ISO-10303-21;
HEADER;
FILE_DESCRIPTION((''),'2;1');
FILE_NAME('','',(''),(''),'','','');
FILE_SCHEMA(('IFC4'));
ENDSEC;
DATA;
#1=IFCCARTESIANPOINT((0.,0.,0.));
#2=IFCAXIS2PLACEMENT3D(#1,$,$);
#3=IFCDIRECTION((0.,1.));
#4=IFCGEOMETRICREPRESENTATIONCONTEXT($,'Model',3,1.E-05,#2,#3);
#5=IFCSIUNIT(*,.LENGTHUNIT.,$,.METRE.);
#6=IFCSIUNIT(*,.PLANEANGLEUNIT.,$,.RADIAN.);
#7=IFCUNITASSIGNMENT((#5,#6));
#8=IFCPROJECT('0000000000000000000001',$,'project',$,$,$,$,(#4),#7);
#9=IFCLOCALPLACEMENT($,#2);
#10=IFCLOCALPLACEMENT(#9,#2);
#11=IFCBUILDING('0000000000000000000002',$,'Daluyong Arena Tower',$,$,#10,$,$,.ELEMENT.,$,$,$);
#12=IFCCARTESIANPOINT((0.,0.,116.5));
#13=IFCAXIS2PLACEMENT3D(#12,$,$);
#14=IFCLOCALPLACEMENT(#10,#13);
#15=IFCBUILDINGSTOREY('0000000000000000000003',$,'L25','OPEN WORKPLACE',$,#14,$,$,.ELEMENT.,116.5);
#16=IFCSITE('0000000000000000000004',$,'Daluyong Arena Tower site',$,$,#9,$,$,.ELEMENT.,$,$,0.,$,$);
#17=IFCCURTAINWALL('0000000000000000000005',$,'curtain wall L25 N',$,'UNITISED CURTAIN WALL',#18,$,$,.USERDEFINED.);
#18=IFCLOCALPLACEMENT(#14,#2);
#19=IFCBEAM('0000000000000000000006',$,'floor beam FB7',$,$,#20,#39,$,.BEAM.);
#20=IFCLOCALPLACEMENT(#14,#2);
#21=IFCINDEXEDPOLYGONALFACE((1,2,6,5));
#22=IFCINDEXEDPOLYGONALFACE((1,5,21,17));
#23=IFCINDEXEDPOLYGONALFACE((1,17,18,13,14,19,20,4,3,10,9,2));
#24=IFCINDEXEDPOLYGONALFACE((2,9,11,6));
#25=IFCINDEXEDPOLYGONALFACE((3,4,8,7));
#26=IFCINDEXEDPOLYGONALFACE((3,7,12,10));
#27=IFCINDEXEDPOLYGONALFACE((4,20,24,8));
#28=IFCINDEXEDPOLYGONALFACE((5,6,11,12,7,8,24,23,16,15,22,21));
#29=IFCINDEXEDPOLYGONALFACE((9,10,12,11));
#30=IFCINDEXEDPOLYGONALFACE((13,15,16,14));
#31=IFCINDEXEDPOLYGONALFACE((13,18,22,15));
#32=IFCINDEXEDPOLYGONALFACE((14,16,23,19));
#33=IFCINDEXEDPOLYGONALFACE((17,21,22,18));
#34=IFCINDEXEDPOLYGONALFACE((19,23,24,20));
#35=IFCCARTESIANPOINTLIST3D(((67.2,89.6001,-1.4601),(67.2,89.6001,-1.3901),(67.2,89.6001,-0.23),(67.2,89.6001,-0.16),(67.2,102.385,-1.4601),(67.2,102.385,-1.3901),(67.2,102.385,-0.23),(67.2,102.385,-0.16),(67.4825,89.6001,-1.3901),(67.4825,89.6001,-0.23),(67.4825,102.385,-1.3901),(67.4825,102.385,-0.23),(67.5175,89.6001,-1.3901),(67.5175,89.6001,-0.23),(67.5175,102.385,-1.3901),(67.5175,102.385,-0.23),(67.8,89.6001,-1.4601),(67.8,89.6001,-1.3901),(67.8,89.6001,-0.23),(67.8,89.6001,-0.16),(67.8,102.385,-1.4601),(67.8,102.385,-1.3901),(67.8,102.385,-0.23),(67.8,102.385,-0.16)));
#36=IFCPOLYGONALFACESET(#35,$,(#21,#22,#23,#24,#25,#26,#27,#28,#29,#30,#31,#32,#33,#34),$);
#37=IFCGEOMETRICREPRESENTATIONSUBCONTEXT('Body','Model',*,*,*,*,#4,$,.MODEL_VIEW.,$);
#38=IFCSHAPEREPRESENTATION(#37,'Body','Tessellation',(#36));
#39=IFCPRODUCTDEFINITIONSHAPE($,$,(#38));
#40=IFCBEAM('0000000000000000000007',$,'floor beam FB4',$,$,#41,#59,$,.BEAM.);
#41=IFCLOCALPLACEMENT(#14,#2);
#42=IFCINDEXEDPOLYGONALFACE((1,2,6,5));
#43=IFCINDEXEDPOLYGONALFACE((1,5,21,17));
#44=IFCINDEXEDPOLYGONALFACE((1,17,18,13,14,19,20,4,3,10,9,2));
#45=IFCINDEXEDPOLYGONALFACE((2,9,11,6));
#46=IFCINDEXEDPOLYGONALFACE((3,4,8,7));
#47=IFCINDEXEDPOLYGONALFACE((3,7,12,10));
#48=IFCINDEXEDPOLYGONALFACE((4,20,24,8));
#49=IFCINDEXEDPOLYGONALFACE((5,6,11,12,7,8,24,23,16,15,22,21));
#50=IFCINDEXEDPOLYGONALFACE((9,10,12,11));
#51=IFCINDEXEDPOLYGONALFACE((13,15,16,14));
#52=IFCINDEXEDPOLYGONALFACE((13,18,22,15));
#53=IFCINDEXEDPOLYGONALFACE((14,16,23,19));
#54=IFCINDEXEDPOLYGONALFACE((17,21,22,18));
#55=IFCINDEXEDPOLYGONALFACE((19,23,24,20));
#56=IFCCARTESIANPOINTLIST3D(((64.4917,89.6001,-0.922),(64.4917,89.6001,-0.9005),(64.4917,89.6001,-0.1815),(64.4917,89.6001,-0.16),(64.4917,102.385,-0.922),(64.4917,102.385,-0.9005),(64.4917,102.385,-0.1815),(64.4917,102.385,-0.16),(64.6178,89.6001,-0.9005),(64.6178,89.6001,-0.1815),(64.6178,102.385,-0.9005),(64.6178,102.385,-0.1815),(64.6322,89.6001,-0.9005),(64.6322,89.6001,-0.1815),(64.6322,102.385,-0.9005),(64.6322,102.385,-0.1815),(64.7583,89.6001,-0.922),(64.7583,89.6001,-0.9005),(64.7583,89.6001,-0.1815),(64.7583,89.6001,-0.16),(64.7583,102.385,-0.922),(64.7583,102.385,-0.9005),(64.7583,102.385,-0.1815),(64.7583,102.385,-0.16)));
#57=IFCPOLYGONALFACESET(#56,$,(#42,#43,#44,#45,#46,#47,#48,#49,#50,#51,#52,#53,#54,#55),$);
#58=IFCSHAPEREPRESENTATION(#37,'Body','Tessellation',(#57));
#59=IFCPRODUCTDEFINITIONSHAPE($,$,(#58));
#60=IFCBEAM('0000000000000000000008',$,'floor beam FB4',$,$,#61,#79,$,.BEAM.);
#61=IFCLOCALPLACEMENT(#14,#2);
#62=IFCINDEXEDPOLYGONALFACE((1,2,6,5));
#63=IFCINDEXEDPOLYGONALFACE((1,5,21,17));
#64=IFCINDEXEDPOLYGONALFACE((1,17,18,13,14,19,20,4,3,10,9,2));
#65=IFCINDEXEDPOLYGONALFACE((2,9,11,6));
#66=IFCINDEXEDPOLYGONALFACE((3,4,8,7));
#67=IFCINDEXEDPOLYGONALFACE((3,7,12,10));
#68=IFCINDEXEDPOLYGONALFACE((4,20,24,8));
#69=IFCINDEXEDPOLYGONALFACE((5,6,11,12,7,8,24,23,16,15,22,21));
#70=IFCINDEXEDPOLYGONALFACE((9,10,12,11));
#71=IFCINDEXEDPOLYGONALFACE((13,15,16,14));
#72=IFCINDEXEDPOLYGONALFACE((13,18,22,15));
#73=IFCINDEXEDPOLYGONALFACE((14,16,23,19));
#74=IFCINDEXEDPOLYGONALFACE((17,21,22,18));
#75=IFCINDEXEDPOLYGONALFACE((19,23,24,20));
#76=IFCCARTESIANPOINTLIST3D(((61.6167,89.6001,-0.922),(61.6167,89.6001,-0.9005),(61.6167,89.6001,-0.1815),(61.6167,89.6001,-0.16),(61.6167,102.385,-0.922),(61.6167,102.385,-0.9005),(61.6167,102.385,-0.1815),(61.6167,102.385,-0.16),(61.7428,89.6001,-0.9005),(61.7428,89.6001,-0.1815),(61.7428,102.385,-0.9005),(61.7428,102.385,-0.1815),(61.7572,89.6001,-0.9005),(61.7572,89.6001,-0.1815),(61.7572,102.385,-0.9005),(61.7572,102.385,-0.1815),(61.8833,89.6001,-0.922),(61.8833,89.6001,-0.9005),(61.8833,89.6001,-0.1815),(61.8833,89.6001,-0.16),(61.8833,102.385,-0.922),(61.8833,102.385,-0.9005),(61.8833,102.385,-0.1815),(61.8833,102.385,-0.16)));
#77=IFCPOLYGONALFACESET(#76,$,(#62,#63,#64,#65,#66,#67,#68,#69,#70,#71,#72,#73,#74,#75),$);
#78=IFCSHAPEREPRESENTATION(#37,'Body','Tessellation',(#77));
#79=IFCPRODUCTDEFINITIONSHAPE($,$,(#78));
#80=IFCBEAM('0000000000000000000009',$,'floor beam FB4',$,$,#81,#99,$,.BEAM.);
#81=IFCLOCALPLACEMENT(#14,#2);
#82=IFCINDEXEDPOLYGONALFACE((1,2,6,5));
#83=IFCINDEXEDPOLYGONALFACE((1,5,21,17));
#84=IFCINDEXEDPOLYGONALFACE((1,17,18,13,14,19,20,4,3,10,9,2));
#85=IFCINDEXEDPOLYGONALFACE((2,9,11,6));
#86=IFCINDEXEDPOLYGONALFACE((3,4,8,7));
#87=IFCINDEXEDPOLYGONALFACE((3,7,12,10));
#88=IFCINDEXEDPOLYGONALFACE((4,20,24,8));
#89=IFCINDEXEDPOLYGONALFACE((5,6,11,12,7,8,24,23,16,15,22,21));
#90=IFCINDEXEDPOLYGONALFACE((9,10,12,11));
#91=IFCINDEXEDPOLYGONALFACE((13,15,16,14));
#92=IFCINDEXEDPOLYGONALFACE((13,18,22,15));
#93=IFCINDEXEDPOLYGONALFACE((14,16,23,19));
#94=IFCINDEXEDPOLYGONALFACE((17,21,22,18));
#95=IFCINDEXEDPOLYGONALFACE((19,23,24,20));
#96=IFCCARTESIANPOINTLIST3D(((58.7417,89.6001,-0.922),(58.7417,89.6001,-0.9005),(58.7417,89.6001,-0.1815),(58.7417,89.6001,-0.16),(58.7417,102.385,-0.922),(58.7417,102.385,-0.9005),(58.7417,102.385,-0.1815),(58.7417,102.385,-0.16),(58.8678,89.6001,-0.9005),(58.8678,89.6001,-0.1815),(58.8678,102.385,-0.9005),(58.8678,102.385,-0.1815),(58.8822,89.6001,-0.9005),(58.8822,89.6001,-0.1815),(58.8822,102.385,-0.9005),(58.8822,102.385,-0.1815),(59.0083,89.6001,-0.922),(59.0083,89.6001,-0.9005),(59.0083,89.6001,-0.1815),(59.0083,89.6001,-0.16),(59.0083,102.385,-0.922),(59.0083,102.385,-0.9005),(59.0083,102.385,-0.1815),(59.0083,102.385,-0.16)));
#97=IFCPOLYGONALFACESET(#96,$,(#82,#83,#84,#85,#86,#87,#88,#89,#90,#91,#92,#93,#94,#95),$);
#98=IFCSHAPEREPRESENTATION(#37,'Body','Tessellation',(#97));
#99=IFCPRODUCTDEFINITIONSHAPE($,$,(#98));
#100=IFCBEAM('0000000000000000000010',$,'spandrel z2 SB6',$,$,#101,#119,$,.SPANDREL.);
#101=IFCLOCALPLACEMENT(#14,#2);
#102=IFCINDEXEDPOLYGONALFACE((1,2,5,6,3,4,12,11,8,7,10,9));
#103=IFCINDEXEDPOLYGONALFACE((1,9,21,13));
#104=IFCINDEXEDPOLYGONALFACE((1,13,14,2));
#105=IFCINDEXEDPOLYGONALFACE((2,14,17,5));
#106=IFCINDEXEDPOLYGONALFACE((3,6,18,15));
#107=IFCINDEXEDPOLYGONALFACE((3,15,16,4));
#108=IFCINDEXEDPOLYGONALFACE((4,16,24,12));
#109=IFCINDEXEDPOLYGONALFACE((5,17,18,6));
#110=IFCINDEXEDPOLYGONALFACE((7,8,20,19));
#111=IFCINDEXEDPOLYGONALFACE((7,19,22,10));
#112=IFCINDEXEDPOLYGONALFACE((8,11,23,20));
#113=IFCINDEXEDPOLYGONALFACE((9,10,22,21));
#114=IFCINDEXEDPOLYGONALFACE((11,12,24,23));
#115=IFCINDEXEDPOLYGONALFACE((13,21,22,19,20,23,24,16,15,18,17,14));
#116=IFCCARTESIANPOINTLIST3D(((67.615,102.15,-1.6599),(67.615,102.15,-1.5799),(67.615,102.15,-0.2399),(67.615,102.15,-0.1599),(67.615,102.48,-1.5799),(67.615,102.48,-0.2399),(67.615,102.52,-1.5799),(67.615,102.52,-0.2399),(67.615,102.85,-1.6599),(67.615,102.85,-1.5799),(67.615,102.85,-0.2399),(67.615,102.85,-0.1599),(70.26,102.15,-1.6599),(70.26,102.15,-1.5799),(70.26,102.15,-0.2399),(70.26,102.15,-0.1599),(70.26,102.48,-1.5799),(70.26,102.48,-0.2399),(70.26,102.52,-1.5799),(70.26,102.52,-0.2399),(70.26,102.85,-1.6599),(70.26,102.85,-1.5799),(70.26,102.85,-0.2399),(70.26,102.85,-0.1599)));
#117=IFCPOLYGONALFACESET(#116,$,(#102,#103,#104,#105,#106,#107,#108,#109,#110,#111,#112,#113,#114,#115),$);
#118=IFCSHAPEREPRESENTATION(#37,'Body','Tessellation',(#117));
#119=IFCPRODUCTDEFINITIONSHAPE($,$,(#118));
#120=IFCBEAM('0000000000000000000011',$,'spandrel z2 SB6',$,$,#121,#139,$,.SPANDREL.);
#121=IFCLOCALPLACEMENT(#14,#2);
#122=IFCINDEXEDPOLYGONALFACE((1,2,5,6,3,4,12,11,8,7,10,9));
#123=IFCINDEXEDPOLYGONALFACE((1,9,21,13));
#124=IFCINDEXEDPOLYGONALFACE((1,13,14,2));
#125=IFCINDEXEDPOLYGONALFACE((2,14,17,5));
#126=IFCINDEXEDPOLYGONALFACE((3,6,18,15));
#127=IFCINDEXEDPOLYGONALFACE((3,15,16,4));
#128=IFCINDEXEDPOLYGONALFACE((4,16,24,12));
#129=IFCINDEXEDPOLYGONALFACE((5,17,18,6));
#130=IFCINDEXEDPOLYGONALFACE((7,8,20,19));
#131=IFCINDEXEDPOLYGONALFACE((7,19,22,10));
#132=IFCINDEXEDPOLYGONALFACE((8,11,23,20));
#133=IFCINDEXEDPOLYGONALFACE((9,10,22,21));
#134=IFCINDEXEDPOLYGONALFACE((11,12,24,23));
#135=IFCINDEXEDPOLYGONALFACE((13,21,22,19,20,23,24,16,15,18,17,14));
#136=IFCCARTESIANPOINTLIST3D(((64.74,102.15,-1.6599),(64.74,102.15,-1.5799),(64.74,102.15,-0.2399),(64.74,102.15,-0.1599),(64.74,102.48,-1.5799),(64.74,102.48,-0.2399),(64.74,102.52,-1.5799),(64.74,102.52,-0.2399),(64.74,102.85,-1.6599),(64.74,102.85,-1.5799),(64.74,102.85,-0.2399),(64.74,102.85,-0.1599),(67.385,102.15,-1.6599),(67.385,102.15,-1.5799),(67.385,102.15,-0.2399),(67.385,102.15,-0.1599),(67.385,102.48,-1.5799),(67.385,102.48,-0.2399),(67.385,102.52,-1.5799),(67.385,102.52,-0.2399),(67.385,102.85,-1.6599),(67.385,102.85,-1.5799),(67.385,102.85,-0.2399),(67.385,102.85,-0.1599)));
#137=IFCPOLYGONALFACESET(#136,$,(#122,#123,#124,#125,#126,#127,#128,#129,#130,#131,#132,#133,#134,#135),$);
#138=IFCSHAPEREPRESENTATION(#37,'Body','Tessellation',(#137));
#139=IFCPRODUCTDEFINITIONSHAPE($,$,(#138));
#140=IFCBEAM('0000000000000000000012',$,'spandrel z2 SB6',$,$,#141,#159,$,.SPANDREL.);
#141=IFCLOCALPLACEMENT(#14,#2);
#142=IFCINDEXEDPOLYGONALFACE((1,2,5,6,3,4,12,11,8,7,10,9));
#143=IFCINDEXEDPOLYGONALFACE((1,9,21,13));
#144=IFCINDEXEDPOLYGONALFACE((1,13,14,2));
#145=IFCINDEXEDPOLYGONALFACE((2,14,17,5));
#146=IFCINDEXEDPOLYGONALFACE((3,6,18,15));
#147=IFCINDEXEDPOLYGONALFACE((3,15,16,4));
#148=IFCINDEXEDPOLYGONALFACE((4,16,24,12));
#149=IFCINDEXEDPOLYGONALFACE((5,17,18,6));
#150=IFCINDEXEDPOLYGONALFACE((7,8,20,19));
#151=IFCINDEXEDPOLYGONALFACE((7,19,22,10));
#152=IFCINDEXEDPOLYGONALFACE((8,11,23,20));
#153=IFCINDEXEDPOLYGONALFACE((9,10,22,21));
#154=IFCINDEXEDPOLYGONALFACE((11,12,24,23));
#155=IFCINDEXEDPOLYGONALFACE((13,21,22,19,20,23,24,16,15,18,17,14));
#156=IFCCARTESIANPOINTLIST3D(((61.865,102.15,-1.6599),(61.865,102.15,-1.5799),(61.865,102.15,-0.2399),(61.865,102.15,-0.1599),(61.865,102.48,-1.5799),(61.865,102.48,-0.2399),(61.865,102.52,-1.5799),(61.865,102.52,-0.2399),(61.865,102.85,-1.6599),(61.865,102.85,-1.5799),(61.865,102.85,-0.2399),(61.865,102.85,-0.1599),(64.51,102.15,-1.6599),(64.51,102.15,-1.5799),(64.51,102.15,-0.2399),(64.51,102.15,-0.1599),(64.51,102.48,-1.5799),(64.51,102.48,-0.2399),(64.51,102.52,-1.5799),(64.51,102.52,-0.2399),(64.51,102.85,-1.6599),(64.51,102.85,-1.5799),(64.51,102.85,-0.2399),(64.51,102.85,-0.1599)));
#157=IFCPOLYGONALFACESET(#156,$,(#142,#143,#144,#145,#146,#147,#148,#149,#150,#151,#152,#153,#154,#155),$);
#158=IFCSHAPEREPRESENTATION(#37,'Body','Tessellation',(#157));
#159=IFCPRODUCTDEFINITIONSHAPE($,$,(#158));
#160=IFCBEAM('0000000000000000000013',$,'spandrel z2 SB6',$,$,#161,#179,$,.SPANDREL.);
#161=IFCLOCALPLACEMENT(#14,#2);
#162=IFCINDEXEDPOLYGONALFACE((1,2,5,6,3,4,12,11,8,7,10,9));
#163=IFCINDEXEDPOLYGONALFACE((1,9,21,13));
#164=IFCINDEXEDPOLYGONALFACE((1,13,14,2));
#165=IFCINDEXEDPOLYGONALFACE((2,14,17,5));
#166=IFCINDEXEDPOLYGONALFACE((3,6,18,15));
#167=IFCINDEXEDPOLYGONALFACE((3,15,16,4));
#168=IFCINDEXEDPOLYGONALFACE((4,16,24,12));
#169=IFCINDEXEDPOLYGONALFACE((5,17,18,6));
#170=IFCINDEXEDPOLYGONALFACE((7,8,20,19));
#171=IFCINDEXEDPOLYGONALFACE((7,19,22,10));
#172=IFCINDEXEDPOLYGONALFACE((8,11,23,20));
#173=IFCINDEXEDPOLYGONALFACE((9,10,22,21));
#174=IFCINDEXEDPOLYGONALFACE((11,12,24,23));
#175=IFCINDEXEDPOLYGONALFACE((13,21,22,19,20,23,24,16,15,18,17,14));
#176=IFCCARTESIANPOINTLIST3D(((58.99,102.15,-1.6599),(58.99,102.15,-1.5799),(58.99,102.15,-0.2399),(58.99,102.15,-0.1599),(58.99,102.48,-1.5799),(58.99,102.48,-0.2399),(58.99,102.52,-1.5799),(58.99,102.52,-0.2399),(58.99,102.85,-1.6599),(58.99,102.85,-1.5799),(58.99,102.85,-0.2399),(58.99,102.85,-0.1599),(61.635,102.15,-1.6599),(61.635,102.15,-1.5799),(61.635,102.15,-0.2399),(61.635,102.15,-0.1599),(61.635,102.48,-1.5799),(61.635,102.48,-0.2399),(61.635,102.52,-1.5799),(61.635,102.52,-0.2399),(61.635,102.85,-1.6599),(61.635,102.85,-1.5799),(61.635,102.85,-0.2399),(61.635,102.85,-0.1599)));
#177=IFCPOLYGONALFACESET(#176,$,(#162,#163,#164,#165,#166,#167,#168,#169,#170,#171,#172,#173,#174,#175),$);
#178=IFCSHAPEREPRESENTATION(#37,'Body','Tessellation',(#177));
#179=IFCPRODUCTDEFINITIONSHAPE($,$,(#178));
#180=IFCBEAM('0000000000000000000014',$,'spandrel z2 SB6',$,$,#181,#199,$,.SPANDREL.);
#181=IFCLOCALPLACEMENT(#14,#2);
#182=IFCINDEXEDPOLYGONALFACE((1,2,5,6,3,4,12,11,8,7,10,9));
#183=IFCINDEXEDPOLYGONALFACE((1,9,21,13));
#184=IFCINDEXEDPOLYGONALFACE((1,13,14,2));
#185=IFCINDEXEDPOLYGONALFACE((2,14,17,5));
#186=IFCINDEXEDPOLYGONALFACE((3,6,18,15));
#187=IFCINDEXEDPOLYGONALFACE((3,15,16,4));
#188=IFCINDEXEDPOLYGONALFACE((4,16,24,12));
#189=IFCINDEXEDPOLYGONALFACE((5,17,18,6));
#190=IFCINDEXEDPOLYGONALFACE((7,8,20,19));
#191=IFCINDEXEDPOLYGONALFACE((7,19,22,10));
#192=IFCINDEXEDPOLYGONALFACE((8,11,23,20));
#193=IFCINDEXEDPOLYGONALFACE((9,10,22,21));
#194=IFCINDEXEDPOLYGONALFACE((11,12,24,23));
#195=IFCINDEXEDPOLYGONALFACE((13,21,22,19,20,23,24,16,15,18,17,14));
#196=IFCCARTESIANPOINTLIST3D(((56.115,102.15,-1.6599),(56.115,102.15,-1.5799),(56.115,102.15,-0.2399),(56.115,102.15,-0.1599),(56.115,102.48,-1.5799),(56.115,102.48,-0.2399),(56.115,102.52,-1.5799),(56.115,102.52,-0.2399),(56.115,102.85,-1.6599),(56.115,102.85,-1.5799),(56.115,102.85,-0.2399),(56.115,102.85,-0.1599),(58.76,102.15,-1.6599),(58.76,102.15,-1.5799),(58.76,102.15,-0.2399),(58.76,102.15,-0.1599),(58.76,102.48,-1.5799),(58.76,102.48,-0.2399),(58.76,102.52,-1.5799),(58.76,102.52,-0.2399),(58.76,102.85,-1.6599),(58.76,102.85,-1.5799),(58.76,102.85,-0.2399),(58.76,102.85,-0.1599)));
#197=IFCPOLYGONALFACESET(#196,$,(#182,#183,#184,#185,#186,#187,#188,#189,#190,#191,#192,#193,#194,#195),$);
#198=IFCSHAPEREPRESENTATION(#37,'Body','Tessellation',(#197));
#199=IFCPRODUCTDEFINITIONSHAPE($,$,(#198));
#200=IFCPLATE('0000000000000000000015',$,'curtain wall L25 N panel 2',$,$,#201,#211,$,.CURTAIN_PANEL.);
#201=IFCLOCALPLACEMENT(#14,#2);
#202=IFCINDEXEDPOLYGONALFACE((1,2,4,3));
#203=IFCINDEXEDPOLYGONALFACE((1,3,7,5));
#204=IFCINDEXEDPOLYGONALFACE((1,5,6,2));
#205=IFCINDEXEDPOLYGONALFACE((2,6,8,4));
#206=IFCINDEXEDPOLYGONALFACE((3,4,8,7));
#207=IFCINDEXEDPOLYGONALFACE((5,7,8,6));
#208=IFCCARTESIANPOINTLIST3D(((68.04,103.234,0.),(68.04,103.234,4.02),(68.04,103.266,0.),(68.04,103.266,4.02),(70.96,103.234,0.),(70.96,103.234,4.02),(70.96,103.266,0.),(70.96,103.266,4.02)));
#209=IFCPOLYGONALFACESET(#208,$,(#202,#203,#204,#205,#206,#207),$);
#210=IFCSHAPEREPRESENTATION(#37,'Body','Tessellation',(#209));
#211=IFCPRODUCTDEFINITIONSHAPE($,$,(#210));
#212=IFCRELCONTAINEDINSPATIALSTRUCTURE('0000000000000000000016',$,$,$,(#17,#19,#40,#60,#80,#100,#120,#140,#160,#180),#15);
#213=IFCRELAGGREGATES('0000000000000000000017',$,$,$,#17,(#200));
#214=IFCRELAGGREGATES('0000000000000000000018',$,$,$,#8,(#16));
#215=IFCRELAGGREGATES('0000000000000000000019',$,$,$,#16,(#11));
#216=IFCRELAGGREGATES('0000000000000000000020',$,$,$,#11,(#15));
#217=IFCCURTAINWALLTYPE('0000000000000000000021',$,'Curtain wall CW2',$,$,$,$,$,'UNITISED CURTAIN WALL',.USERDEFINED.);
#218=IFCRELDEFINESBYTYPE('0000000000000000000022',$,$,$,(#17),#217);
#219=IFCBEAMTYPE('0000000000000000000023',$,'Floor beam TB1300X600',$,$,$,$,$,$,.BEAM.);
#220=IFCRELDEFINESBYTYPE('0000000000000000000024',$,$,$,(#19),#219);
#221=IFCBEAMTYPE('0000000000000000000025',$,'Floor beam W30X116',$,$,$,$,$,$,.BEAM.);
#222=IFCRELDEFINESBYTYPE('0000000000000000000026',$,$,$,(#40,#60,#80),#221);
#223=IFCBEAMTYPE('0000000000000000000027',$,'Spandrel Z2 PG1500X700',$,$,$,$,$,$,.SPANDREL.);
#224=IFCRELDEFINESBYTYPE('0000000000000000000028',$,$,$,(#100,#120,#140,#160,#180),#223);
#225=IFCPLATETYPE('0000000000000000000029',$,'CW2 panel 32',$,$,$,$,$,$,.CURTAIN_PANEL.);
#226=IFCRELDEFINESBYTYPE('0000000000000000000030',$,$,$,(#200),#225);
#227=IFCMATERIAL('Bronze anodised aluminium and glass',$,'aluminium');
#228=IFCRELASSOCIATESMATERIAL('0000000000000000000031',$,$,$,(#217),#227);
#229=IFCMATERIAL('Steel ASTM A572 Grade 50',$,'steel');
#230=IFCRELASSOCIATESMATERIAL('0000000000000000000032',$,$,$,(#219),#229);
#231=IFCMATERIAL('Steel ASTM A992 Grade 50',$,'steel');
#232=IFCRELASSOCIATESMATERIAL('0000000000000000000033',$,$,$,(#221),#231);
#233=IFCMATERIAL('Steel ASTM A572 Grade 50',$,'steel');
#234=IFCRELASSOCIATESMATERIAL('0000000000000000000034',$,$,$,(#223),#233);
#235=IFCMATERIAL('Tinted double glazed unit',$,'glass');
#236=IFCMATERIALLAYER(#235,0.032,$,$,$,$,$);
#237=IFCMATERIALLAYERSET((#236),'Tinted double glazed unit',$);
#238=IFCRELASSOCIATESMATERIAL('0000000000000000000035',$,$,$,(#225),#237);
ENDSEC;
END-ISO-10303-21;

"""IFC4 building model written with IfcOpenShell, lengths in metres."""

from ifc_helpers import new_model, si_unit, direction, frame, origin, origin_2d, place, context, subcontext, project, spatial, rectangle, i_section, extrude, material, layer, layer_set, material_profile, profile_set, type_object, element, aggregate, save


model = new_model("IFC4")

# Units and contexts
model_context = context("Model", 3, precision=1e-05, world=origin(), true_north=direction((0.0, 1.0)))
body_context = subcontext(model_context, "Body", "Model", "MODEL_VIEW")
ifc_project = project(units=[si_unit("LENGTHUNIT", "METRE"), si_unit("PLANEANGLEUNIT", "RADIAN")], contexts=[model_context])

# Site, building, storey
site_placement = place(None, origin())
site = spatial("IfcSite", under=ifc_project, at=site_placement, Name="Daluyong Arena Tower site", CompositionType="ELEMENT", RefElevation=0.0)
building_placement = place(site_placement, origin())
building = spatial("IfcBuilding", under=site, at=building_placement, Name="Daluyong Arena Tower", CompositionType="ELEMENT")
storey_placement = place(building_placement, frame((0.0, 0.0, 116.5)))
storey = spatial("IfcBuildingStorey", under=building, at=storey_placement, Name="L25", Description="OPEN WORKPLACE", CompositionType="ELEMENT", Elevation=116.5)

# Curtain wall
ifc_material_1 = material(Name="Bronze anodised aluminium and glass", Category="aluminium")
curtain_wall_type = type_object("IfcCurtainWallType", Name="Curtain wall CW2", ElementType="UNITISED CURTAIN WALL", PredefinedType="USERDEFINED", material=ifc_material_1)
curtain_wall_placement = place(storey_placement, origin())
curtain_wall = element("IfcCurtainWall", 1, at=curtain_wall_placement, inside=storey, type_object=curtain_wall_type, Name="curtain wall L25 N", ObjectType="UNITISED CURTAIN WALL", PredefinedType="USERDEFINED")

# Beams
ifc_material_2 = material(Name="Steel ASTM A572 Grade 50", Category="steel")
ifc_material_profile_1 = material_profile(ifc_material_2, i_section(OverallWidth=0.6001, OverallDepth=1.3, WebThickness=0.035, FlangeThickness=0.07, at=origin_2d()))
ifc_profile_set_1 = profile_set([ifc_material_profile_1], Name="Steel ASTM A572 Grade 50")
beam_type_1 = type_object("IfcBeamType", Name="Floor beam TB1300X600", PredefinedType="BEAM", material=ifc_profile_set_1)
beam_placement = place(storey_placement, frame((67.5, 102.385, -0.8101), z_axis=(0.0, -1.0, 0.0), x_axis=(1.0, 0.0, 0.0)))
element("IfcBeam", 2, at=beam_placement, inside=storey, type_object=beam_type_1, Name="floor beam FB7", PredefinedType="BEAM", context=body_context, shape_type="SweptSolid", body=[
    extrude(i_section(OverallWidth=0.6001, OverallDepth=1.3, WebThickness=0.035, FlangeThickness=0.07, at=origin_2d()), origin(), (0.0, 0.0, 1.0), 12.7849),
])
ifc_material_3 = material(Name="Steel ASTM A992 Grade 50", Category="steel")
ifc_material_profile_2 = material_profile(ifc_material_3, i_section(OverallWidth=0.2666, OverallDepth=0.762, WebThickness=0.0144, FlangeThickness=0.0215, at=origin_2d()))
ifc_profile_set_2 = profile_set([ifc_material_profile_2], Name="Steel ASTM A992 Grade 50")
beam_type_2 = type_object("IfcBeamType", Name="Floor beam W30X116", PredefinedType="BEAM", material=ifc_profile_set_2)
for number, where, z_axis, x_axis, name in (
    (3, (64.625, 102.385, -0.541), (0.0, -1.0, 0.0), (1.0, 0.0, 0.0), "floor beam FB4"),
    (4, (61.75, 102.385, -0.541), (0.0, -1.0, 0.0), (1.0, 0.0, 0.0), "floor beam FB4"),
    (5, (58.875, 102.385, -0.541), (0.0, -1.0, 0.0), (1.0, 0.0, 0.0), "floor beam FB4"),
):
    element("IfcBeam", number, at=place(storey_placement, frame(where, z_axis=z_axis, x_axis=x_axis)), inside=storey, type_object=beam_type_2, Name=name, PredefinedType="BEAM", context=body_context, shape_type="SweptSolid", body=[
        extrude(i_section(OverallWidth=0.2666, OverallDepth=0.762, WebThickness=0.0144, FlangeThickness=0.0215, at=origin_2d()), origin(), (0.0, 0.0, 1.0), 12.7849),
    ])
ifc_material_4 = material(Name="Steel ASTM A572 Grade 50", Category="steel")
ifc_material_profile_3 = material_profile(ifc_material_4, i_section(OverallWidth=0.7, OverallDepth=1.5, WebThickness=0.04, FlangeThickness=0.08, at=origin_2d()))
ifc_profile_set_3 = profile_set([ifc_material_profile_3], Name="Steel ASTM A572 Grade 50")
beam_type_3 = type_object("IfcBeamType", Name="Spandrel Z2 PG1500X700", PredefinedType="SPANDREL", material=ifc_profile_set_3)
for number, where, z_axis, x_axis, name in (
    (6, (70.26, 102.5, -0.9099), (-1.0, 0.0, 0.0), (0.0, -1.0, 0.0), "spandrel z2 SB6"),
    (7, (67.385, 102.5, -0.9099), (-1.0, 0.0, 0.0), (0.0, -1.0, 0.0), "spandrel z2 SB6"),
    (8, (64.51, 102.5, -0.9099), (-1.0, 0.0, 0.0), (0.0, -1.0, 0.0), "spandrel z2 SB6"),
    (9, (61.635, 102.5, -0.9099), (-1.0, 0.0, 0.0), (0.0, -1.0, 0.0), "spandrel z2 SB6"),
    (10, (58.76, 102.5, -0.9099), (-1.0, 0.0, 0.0), (0.0, -1.0, 0.0), "spandrel z2 SB6"),
):
    element("IfcBeam", number, at=place(storey_placement, frame(where, z_axis=z_axis, x_axis=x_axis)), inside=storey, type_object=beam_type_3, Name=name, PredefinedType="SPANDREL", context=body_context, shape_type="SweptSolid", body=[
        extrude(i_section(OverallWidth=0.7, OverallDepth=1.5, WebThickness=0.04, FlangeThickness=0.08, at=origin_2d()), origin(), (0.0, 0.0, 1.0), 2.645),
    ])

# Plate
ifc_material_5 = material(Name="Tinted double glazed unit", Category="glass")
ifc_layer_1 = layer(ifc_material_5, 0.032)
ifc_layer_set_1 = layer_set([ifc_layer_1], Name="Tinted double glazed unit")
plate_type = type_object("IfcPlateType", Name="CW2 panel 32", PredefinedType="CURTAIN_PANEL", material=ifc_layer_set_1)
plate_1_placement = place(storey_placement, frame((69.5, 103.25, 0.0), z_axis=(0.0, 0.0, 1.0), x_axis=(-1.0, 0.0, 0.0)))
plate_1 = element("IfcPlate", 11, at=plate_1_placement, type_object=plate_type, Name="curtain wall L25 N panel 2", PredefinedType="CURTAIN_PANEL", context=body_context, shape_type="SweptSolid", body=[
    extrude(rectangle(XDim=2.9199, YDim=0.032, at=origin_2d()), origin(), (0.0, 0.0, 1.0), 4.02),
])
aggregate(curtain_wall, [plate_1])

save(model, "model.ifc")
